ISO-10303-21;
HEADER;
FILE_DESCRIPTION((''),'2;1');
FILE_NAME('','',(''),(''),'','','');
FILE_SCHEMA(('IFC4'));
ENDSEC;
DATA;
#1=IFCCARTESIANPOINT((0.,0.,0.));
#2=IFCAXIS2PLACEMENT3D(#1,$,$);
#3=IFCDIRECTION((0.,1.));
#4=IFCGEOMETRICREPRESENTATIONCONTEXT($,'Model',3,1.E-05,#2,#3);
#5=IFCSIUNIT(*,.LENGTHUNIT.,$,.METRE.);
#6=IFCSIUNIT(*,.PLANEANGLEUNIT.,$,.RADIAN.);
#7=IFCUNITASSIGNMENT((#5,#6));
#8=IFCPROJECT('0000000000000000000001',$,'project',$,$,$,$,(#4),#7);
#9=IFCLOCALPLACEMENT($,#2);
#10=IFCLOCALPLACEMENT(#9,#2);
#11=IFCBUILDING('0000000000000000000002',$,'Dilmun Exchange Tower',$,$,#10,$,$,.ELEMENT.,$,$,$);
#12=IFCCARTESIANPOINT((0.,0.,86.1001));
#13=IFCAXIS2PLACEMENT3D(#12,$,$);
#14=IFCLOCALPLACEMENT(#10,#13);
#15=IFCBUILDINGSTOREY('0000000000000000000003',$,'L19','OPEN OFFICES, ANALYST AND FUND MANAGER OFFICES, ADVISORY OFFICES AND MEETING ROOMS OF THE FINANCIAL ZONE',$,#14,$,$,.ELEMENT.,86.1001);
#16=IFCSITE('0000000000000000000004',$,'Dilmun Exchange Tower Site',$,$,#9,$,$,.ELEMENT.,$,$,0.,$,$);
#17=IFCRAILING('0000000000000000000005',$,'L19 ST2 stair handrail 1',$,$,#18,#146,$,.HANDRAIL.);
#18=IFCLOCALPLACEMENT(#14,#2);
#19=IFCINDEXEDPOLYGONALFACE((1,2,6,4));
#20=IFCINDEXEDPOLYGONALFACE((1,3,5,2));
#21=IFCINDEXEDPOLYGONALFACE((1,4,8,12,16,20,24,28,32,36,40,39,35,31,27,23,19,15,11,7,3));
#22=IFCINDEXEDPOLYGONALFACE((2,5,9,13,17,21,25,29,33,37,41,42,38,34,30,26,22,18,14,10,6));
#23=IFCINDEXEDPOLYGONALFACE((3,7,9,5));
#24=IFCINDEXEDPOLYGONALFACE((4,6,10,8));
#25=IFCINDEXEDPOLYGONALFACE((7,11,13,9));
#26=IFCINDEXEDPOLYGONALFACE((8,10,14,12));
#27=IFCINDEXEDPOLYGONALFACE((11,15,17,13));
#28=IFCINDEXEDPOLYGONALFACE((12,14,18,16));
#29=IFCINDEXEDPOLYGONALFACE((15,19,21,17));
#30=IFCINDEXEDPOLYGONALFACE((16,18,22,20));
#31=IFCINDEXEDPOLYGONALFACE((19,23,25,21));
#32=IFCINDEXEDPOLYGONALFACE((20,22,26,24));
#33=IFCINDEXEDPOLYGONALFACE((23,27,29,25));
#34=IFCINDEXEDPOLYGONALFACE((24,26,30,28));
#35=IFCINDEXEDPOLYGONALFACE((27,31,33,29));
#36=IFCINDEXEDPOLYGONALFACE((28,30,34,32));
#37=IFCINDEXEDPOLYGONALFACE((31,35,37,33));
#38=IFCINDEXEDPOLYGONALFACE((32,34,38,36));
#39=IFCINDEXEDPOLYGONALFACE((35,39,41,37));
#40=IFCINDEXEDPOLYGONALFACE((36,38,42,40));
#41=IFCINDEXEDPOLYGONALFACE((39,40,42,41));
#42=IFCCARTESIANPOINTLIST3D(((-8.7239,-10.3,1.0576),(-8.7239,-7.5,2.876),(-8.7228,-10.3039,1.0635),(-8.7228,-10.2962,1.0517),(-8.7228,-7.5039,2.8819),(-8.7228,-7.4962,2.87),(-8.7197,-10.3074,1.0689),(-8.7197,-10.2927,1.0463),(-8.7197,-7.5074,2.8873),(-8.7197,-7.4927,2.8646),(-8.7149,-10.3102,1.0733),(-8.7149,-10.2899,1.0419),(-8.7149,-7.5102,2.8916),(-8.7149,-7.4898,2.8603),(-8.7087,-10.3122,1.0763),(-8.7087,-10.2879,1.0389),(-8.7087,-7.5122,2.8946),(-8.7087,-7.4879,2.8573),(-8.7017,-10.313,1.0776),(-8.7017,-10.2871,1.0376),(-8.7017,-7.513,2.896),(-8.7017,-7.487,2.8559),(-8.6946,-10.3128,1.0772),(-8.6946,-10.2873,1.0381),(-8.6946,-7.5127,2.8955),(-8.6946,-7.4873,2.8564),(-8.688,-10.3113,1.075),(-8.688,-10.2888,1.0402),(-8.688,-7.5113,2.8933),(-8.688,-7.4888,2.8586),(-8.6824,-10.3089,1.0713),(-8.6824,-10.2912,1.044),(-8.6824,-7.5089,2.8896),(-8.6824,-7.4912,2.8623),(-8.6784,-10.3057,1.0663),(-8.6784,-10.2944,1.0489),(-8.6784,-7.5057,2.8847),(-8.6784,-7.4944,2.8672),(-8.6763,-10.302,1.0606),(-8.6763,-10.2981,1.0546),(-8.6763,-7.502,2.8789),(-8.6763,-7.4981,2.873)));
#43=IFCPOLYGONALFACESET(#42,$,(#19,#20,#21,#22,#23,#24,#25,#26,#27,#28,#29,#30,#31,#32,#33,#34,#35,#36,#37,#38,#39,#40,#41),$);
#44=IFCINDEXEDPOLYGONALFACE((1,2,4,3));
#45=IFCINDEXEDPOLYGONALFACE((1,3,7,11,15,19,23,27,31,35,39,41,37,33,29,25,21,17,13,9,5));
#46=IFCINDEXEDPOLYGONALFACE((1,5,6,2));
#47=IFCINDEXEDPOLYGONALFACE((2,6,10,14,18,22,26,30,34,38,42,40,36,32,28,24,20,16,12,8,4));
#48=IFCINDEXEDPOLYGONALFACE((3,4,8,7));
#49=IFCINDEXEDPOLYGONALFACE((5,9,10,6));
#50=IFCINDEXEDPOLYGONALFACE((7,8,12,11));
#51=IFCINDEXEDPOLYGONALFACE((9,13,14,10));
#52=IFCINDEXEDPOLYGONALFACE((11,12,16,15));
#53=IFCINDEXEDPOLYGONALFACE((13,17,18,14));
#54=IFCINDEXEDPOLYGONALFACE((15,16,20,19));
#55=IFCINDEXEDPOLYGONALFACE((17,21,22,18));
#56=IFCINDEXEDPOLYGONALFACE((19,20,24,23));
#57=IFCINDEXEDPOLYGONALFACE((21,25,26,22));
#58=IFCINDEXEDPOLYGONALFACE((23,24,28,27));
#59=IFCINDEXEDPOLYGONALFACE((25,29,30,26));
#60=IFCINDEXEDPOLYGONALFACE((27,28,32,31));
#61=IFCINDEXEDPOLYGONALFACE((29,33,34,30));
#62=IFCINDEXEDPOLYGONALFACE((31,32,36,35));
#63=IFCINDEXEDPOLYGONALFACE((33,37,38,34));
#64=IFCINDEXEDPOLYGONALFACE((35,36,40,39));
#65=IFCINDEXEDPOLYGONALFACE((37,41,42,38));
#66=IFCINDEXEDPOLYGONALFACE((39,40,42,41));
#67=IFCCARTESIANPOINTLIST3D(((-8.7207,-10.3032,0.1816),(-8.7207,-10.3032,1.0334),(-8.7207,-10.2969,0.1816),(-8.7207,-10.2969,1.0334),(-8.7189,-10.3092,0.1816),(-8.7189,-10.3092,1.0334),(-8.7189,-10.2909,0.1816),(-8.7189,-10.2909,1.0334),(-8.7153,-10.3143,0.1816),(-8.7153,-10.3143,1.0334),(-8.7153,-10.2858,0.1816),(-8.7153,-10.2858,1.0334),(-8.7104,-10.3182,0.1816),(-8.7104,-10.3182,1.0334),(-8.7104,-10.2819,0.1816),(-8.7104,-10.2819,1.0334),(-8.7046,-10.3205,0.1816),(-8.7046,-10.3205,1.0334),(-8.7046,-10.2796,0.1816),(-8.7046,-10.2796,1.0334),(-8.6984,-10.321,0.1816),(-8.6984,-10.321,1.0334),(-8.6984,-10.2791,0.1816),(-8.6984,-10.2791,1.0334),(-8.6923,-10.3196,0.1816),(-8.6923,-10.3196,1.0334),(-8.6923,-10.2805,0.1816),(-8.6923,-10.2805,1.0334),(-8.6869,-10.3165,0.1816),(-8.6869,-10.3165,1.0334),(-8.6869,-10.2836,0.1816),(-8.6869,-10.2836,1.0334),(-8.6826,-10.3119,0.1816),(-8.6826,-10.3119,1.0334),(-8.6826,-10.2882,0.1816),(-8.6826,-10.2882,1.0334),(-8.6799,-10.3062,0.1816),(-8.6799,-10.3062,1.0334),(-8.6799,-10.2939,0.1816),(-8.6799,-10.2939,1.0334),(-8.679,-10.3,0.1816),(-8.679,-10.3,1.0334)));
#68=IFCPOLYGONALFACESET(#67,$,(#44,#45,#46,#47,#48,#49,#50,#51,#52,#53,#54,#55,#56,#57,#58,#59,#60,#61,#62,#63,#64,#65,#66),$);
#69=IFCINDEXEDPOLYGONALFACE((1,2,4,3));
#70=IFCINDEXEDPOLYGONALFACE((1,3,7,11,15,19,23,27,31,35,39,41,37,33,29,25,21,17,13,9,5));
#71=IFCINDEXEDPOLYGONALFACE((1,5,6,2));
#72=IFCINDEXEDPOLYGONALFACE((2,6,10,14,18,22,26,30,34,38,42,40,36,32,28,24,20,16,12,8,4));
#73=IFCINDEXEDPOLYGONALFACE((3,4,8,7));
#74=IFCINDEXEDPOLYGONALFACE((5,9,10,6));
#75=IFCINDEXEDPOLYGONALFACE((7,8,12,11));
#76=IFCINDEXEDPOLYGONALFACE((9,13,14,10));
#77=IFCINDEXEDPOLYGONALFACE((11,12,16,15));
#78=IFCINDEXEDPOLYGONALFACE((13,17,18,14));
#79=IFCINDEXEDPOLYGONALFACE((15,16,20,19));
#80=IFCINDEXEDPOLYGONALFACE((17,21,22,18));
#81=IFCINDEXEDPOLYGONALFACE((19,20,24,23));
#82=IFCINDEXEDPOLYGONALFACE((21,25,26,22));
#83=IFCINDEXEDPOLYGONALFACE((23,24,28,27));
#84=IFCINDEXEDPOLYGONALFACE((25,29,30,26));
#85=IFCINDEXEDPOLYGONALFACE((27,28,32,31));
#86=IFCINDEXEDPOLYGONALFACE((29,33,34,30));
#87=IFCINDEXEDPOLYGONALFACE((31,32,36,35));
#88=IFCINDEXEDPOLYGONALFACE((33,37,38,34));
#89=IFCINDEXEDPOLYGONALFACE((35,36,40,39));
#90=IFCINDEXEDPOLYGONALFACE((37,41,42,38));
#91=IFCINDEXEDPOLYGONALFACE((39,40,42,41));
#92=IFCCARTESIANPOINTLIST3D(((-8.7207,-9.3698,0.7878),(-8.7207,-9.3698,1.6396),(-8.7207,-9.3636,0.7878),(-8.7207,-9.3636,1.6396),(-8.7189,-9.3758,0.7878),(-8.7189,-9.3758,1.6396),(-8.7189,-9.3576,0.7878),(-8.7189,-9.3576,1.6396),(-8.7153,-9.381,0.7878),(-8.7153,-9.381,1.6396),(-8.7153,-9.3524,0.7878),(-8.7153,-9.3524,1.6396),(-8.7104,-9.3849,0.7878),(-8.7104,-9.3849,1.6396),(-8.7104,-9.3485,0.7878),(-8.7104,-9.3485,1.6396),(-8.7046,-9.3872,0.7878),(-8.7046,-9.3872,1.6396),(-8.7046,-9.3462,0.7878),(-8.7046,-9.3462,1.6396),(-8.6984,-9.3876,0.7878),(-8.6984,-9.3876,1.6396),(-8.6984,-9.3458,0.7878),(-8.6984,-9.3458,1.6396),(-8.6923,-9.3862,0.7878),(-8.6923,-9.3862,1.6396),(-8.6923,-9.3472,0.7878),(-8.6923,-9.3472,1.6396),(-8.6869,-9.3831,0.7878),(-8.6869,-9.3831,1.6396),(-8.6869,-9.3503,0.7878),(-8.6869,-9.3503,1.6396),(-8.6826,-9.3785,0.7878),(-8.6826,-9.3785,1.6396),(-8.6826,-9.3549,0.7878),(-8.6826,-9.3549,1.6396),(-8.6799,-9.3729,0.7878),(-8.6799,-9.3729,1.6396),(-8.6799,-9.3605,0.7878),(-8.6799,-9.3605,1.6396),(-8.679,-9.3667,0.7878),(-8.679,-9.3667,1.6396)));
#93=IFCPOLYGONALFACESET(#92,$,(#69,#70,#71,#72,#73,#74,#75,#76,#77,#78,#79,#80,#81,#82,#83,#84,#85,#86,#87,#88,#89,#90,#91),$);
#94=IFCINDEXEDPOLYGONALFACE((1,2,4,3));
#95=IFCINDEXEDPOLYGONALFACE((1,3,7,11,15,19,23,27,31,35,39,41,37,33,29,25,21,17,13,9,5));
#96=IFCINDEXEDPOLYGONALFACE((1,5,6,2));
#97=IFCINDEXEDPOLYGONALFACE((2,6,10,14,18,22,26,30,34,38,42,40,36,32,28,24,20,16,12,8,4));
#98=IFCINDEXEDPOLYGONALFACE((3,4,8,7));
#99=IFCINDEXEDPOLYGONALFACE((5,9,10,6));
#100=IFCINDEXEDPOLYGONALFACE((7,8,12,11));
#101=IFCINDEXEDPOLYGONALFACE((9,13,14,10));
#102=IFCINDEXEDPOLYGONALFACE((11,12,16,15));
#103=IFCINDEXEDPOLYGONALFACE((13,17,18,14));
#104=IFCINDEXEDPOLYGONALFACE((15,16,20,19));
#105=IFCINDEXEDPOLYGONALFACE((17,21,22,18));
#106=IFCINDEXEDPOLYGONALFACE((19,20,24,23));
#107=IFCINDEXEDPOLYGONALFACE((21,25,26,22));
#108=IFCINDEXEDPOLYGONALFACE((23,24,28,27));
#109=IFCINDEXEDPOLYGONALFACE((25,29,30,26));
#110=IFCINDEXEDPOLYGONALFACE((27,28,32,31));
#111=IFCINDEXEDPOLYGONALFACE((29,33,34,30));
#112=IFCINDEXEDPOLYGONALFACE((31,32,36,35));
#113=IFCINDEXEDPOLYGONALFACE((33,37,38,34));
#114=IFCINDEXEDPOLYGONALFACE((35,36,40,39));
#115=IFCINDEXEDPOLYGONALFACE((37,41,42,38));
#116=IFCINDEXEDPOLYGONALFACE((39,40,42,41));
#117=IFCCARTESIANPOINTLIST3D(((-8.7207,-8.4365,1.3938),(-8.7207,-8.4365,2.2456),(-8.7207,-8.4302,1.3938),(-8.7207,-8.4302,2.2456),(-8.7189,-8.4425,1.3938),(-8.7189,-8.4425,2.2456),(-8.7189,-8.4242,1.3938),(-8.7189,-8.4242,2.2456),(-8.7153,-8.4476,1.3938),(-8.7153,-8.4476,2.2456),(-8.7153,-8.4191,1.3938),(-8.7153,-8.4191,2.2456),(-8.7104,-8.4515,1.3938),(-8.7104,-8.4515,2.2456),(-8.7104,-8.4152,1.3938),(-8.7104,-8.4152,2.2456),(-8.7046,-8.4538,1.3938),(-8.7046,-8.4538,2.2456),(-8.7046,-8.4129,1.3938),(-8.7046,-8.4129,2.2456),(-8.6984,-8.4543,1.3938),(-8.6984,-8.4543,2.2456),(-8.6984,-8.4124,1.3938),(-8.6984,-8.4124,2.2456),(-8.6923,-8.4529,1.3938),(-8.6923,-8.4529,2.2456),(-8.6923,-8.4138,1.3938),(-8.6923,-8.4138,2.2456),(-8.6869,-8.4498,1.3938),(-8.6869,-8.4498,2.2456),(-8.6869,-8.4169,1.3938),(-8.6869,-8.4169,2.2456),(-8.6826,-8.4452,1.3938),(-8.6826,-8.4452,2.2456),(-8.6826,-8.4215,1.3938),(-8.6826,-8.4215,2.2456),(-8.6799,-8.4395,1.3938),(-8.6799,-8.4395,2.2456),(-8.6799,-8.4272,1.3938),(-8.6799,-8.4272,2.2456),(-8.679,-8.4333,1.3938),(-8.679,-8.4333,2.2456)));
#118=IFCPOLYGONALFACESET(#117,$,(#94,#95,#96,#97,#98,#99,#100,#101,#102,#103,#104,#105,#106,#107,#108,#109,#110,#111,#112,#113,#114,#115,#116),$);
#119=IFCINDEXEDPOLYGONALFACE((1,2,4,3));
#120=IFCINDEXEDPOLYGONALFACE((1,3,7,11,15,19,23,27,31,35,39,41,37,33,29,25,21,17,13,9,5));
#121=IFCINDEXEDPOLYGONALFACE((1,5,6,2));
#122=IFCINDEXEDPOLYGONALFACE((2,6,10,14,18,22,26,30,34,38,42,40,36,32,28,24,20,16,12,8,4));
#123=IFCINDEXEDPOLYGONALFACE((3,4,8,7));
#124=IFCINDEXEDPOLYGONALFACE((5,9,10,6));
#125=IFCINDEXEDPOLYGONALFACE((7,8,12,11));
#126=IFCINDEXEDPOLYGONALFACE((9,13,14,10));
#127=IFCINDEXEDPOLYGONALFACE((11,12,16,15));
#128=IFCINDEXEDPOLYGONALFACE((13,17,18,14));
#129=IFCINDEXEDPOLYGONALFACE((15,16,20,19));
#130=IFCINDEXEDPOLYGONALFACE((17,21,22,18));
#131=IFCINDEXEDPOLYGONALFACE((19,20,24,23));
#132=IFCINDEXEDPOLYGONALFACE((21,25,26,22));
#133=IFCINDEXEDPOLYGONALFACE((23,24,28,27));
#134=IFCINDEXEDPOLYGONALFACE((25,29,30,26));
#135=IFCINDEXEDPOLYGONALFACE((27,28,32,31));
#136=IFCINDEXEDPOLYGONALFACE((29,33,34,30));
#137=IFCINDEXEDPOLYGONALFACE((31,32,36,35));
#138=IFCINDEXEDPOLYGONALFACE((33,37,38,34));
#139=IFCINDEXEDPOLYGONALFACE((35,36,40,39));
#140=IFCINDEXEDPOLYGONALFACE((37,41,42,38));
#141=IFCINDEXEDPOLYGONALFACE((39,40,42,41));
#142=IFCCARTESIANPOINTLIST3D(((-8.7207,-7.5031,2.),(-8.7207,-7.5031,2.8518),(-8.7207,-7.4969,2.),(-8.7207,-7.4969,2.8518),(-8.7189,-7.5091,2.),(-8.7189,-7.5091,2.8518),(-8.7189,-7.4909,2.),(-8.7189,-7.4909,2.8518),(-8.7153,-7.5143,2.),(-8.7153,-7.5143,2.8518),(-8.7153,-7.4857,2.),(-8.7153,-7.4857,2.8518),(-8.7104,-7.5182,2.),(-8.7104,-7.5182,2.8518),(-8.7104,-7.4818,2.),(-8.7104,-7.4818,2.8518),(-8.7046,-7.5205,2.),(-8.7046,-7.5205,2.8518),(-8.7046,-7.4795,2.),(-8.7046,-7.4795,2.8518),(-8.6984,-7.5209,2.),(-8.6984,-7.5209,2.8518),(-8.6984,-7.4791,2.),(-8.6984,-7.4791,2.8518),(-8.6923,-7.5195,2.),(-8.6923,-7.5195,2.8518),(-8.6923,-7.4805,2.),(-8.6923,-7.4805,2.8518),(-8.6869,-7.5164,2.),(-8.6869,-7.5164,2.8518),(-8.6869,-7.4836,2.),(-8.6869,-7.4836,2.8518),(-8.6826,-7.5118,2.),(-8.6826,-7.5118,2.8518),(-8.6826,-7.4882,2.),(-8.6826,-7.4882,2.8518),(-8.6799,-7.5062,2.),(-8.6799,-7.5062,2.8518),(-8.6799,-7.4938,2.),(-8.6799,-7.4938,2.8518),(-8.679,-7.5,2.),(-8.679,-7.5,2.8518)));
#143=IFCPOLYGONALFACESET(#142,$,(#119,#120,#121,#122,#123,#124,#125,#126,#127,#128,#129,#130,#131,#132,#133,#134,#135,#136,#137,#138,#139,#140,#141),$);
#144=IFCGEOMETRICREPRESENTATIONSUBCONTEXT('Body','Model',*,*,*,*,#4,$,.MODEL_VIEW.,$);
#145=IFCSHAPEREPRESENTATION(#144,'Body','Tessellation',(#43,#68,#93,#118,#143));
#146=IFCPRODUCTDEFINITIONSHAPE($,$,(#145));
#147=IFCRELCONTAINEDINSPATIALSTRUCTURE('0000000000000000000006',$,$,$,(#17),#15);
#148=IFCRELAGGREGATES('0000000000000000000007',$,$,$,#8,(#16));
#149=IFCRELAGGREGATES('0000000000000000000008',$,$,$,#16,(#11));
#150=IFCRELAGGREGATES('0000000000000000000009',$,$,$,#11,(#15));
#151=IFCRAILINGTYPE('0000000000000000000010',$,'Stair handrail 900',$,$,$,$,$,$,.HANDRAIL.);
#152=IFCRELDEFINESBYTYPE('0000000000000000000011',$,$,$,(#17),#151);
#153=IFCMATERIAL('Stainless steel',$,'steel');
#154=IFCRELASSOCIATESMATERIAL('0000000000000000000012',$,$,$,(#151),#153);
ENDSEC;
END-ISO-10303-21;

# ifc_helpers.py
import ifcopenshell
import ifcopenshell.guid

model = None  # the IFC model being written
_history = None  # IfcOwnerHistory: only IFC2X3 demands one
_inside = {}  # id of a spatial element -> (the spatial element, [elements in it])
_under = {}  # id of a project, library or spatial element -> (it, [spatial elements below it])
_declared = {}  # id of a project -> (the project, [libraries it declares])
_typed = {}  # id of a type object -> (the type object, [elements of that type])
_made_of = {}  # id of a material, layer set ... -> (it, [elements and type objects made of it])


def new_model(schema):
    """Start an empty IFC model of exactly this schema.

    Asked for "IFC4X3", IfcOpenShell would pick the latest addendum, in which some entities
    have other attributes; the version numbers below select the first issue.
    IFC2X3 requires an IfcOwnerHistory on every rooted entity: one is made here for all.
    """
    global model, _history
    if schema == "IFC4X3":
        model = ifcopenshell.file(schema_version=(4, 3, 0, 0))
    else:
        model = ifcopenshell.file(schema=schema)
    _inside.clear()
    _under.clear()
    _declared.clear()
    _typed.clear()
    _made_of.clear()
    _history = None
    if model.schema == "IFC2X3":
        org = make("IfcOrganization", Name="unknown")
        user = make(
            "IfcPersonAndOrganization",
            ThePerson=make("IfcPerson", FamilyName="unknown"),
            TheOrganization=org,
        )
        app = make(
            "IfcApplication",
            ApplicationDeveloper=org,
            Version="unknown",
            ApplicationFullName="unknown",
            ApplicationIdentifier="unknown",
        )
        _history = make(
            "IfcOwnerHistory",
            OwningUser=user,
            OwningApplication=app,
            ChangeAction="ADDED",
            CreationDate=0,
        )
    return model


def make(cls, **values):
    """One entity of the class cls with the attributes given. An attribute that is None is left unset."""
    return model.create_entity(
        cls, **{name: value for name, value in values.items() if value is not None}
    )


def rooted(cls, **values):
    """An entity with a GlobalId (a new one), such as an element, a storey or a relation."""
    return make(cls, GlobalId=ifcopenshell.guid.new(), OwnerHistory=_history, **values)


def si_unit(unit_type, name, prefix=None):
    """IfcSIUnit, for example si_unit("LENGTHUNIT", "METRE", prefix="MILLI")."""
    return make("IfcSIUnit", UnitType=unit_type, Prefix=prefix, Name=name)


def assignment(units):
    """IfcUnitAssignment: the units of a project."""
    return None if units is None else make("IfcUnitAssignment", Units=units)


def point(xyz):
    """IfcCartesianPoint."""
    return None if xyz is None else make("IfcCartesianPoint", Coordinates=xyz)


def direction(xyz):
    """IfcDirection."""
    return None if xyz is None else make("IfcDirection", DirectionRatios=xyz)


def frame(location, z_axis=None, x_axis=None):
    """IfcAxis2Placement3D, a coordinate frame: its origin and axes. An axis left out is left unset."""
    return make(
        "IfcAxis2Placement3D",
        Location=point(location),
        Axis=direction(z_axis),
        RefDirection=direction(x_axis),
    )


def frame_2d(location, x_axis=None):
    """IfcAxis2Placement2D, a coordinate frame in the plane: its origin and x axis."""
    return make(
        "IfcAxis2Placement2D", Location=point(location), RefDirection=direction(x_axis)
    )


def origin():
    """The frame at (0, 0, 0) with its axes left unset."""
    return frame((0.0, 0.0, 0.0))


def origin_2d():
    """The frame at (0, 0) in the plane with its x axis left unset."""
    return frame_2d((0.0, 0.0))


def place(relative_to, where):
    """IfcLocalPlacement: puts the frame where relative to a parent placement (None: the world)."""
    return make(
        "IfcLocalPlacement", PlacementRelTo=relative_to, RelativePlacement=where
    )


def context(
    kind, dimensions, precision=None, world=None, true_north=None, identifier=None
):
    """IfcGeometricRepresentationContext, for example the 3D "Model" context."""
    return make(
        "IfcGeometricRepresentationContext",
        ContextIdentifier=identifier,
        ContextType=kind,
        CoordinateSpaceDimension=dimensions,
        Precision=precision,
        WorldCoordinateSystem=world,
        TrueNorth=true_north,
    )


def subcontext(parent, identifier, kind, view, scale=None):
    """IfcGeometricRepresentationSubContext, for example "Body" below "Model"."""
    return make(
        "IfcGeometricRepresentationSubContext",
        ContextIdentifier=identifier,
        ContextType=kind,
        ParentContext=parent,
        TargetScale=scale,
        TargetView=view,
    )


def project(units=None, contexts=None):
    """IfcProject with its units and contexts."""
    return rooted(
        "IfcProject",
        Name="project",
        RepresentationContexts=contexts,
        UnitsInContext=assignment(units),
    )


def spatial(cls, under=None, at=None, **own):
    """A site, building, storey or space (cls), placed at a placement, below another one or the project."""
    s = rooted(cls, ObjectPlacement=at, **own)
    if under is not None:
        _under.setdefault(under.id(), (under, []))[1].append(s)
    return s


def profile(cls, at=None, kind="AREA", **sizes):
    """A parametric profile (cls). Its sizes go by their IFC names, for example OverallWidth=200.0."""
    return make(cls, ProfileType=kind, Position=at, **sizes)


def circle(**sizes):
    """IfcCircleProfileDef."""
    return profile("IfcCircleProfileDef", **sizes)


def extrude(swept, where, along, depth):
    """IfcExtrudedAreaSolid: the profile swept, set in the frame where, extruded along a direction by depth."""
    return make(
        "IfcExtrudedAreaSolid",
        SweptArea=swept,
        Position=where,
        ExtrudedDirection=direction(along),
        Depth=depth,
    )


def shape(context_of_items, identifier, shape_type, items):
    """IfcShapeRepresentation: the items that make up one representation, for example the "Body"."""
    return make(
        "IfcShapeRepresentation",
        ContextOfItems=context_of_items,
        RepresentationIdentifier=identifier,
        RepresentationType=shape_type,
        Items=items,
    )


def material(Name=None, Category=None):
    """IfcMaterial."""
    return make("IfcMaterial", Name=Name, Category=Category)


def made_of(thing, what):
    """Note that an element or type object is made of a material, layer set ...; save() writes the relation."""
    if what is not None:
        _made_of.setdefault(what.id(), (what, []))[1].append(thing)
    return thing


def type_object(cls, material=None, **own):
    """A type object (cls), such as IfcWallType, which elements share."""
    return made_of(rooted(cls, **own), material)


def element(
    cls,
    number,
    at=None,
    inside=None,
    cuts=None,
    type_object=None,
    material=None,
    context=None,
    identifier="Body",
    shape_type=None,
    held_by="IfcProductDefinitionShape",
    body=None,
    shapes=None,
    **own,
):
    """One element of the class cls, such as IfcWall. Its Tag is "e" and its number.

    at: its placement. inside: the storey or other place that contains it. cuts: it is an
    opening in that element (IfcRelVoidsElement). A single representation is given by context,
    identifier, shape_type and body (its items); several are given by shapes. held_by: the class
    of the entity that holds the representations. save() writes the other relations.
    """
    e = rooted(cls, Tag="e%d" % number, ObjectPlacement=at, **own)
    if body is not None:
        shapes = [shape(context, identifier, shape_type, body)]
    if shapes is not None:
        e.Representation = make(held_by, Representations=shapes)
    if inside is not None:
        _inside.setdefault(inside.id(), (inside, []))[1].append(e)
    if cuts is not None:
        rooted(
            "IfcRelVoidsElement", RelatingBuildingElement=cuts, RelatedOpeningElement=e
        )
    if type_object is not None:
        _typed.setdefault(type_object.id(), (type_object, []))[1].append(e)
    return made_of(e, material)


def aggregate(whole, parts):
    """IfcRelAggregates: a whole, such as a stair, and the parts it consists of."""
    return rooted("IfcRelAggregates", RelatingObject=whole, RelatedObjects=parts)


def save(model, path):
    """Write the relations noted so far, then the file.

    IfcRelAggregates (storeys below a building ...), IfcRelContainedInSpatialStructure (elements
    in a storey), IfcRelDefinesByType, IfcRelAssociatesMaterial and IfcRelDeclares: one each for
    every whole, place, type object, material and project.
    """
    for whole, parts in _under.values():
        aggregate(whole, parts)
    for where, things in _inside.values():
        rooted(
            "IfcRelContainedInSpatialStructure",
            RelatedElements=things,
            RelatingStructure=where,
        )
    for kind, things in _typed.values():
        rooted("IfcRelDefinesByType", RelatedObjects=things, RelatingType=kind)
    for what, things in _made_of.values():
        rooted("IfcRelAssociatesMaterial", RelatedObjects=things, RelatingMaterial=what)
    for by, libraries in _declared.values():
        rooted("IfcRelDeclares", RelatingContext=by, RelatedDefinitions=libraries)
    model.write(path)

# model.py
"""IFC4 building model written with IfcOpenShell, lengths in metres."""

from ifc_helpers import new_model, si_unit, direction, frame, origin, origin_2d, place, context, subcontext, project, spatial, circle, extrude, material, type_object, element, save


model = new_model("IFC4")

# Units and contexts
model_context = context("Model", 3, precision=1e-05, world=origin(), true_north=direction((0.0, 1.0)))
body_context = subcontext(model_context, "Body", "Model", "MODEL_VIEW")
ifc_project = project(units=[si_unit("LENGTHUNIT", "METRE"), si_unit("PLANEANGLEUNIT", "RADIAN")], contexts=[model_context])

# Site, building, storey
site_placement = place(None, origin())
site = spatial("IfcSite", under=ifc_project, at=site_placement, Name="Dilmun Exchange Tower Site", CompositionType="ELEMENT", RefElevation=0.0)
building_placement = place(site_placement, origin())
building = spatial("IfcBuilding", under=site, at=building_placement, Name="Dilmun Exchange Tower", CompositionType="ELEMENT")
storey_placement = place(building_placement, frame((0.0, 0.0, 86.1001)))
storey = spatial("IfcBuildingStorey", under=building, at=storey_placement, Name="L19", Description="OPEN OFFICES, ANALYST AND FUND MANAGER OFFICES, ADVISORY OFFICES AND MEETING ROOMS OF THE FINANCIAL ZONE", CompositionType="ELEMENT", Elevation=86.1001)

# Railing
ifc_material_1 = material(Name="Stainless steel", Category="steel")
railing_type = type_object("IfcRailingType", Name="Stair handrail 900", PredefinedType="HANDRAIL", material=ifc_material_1)
railing_placement = place(storey_placement, frame((-8.7, -10.3, 0.1816)))
element("IfcRailing", 1, at=railing_placement, inside=storey, type_object=railing_type, Name="L19 ST2 stair handrail 1", PredefinedType="HANDRAIL", context=body_context, shape_type="SweptSolid", body=[
    extrude(circle(Radius=0.0239, at=origin_2d()), frame((0.0, 0.0, 0.876), z_axis=(0.0, 0.838672, 0.544636), x_axis=(-1.0, 0.0, 0.0)), (0.0, 0.0, 1.0), 3.3386),
    extrude(circle(Radius=0.021, at=origin_2d()), origin(), (0.0, 0.0, 1.0), 0.8518),
    extrude(circle(Radius=0.021, at=origin_2d()), frame((0.0, 0.9333, 0.6062)), (0.0, 0.0, 1.0), 0.8518),
    extrude(circle(Radius=0.021, at=origin_2d()), frame((0.0, 1.8667, 1.2122)), (0.0, 0.0, 1.0), 0.8518),
    extrude(circle(Radius=0.021, at=origin_2d()), frame((0.0, 2.8, 1.8184)), (0.0, 0.0, 1.0), 0.8518),
])

save(model, "model.ifc")
